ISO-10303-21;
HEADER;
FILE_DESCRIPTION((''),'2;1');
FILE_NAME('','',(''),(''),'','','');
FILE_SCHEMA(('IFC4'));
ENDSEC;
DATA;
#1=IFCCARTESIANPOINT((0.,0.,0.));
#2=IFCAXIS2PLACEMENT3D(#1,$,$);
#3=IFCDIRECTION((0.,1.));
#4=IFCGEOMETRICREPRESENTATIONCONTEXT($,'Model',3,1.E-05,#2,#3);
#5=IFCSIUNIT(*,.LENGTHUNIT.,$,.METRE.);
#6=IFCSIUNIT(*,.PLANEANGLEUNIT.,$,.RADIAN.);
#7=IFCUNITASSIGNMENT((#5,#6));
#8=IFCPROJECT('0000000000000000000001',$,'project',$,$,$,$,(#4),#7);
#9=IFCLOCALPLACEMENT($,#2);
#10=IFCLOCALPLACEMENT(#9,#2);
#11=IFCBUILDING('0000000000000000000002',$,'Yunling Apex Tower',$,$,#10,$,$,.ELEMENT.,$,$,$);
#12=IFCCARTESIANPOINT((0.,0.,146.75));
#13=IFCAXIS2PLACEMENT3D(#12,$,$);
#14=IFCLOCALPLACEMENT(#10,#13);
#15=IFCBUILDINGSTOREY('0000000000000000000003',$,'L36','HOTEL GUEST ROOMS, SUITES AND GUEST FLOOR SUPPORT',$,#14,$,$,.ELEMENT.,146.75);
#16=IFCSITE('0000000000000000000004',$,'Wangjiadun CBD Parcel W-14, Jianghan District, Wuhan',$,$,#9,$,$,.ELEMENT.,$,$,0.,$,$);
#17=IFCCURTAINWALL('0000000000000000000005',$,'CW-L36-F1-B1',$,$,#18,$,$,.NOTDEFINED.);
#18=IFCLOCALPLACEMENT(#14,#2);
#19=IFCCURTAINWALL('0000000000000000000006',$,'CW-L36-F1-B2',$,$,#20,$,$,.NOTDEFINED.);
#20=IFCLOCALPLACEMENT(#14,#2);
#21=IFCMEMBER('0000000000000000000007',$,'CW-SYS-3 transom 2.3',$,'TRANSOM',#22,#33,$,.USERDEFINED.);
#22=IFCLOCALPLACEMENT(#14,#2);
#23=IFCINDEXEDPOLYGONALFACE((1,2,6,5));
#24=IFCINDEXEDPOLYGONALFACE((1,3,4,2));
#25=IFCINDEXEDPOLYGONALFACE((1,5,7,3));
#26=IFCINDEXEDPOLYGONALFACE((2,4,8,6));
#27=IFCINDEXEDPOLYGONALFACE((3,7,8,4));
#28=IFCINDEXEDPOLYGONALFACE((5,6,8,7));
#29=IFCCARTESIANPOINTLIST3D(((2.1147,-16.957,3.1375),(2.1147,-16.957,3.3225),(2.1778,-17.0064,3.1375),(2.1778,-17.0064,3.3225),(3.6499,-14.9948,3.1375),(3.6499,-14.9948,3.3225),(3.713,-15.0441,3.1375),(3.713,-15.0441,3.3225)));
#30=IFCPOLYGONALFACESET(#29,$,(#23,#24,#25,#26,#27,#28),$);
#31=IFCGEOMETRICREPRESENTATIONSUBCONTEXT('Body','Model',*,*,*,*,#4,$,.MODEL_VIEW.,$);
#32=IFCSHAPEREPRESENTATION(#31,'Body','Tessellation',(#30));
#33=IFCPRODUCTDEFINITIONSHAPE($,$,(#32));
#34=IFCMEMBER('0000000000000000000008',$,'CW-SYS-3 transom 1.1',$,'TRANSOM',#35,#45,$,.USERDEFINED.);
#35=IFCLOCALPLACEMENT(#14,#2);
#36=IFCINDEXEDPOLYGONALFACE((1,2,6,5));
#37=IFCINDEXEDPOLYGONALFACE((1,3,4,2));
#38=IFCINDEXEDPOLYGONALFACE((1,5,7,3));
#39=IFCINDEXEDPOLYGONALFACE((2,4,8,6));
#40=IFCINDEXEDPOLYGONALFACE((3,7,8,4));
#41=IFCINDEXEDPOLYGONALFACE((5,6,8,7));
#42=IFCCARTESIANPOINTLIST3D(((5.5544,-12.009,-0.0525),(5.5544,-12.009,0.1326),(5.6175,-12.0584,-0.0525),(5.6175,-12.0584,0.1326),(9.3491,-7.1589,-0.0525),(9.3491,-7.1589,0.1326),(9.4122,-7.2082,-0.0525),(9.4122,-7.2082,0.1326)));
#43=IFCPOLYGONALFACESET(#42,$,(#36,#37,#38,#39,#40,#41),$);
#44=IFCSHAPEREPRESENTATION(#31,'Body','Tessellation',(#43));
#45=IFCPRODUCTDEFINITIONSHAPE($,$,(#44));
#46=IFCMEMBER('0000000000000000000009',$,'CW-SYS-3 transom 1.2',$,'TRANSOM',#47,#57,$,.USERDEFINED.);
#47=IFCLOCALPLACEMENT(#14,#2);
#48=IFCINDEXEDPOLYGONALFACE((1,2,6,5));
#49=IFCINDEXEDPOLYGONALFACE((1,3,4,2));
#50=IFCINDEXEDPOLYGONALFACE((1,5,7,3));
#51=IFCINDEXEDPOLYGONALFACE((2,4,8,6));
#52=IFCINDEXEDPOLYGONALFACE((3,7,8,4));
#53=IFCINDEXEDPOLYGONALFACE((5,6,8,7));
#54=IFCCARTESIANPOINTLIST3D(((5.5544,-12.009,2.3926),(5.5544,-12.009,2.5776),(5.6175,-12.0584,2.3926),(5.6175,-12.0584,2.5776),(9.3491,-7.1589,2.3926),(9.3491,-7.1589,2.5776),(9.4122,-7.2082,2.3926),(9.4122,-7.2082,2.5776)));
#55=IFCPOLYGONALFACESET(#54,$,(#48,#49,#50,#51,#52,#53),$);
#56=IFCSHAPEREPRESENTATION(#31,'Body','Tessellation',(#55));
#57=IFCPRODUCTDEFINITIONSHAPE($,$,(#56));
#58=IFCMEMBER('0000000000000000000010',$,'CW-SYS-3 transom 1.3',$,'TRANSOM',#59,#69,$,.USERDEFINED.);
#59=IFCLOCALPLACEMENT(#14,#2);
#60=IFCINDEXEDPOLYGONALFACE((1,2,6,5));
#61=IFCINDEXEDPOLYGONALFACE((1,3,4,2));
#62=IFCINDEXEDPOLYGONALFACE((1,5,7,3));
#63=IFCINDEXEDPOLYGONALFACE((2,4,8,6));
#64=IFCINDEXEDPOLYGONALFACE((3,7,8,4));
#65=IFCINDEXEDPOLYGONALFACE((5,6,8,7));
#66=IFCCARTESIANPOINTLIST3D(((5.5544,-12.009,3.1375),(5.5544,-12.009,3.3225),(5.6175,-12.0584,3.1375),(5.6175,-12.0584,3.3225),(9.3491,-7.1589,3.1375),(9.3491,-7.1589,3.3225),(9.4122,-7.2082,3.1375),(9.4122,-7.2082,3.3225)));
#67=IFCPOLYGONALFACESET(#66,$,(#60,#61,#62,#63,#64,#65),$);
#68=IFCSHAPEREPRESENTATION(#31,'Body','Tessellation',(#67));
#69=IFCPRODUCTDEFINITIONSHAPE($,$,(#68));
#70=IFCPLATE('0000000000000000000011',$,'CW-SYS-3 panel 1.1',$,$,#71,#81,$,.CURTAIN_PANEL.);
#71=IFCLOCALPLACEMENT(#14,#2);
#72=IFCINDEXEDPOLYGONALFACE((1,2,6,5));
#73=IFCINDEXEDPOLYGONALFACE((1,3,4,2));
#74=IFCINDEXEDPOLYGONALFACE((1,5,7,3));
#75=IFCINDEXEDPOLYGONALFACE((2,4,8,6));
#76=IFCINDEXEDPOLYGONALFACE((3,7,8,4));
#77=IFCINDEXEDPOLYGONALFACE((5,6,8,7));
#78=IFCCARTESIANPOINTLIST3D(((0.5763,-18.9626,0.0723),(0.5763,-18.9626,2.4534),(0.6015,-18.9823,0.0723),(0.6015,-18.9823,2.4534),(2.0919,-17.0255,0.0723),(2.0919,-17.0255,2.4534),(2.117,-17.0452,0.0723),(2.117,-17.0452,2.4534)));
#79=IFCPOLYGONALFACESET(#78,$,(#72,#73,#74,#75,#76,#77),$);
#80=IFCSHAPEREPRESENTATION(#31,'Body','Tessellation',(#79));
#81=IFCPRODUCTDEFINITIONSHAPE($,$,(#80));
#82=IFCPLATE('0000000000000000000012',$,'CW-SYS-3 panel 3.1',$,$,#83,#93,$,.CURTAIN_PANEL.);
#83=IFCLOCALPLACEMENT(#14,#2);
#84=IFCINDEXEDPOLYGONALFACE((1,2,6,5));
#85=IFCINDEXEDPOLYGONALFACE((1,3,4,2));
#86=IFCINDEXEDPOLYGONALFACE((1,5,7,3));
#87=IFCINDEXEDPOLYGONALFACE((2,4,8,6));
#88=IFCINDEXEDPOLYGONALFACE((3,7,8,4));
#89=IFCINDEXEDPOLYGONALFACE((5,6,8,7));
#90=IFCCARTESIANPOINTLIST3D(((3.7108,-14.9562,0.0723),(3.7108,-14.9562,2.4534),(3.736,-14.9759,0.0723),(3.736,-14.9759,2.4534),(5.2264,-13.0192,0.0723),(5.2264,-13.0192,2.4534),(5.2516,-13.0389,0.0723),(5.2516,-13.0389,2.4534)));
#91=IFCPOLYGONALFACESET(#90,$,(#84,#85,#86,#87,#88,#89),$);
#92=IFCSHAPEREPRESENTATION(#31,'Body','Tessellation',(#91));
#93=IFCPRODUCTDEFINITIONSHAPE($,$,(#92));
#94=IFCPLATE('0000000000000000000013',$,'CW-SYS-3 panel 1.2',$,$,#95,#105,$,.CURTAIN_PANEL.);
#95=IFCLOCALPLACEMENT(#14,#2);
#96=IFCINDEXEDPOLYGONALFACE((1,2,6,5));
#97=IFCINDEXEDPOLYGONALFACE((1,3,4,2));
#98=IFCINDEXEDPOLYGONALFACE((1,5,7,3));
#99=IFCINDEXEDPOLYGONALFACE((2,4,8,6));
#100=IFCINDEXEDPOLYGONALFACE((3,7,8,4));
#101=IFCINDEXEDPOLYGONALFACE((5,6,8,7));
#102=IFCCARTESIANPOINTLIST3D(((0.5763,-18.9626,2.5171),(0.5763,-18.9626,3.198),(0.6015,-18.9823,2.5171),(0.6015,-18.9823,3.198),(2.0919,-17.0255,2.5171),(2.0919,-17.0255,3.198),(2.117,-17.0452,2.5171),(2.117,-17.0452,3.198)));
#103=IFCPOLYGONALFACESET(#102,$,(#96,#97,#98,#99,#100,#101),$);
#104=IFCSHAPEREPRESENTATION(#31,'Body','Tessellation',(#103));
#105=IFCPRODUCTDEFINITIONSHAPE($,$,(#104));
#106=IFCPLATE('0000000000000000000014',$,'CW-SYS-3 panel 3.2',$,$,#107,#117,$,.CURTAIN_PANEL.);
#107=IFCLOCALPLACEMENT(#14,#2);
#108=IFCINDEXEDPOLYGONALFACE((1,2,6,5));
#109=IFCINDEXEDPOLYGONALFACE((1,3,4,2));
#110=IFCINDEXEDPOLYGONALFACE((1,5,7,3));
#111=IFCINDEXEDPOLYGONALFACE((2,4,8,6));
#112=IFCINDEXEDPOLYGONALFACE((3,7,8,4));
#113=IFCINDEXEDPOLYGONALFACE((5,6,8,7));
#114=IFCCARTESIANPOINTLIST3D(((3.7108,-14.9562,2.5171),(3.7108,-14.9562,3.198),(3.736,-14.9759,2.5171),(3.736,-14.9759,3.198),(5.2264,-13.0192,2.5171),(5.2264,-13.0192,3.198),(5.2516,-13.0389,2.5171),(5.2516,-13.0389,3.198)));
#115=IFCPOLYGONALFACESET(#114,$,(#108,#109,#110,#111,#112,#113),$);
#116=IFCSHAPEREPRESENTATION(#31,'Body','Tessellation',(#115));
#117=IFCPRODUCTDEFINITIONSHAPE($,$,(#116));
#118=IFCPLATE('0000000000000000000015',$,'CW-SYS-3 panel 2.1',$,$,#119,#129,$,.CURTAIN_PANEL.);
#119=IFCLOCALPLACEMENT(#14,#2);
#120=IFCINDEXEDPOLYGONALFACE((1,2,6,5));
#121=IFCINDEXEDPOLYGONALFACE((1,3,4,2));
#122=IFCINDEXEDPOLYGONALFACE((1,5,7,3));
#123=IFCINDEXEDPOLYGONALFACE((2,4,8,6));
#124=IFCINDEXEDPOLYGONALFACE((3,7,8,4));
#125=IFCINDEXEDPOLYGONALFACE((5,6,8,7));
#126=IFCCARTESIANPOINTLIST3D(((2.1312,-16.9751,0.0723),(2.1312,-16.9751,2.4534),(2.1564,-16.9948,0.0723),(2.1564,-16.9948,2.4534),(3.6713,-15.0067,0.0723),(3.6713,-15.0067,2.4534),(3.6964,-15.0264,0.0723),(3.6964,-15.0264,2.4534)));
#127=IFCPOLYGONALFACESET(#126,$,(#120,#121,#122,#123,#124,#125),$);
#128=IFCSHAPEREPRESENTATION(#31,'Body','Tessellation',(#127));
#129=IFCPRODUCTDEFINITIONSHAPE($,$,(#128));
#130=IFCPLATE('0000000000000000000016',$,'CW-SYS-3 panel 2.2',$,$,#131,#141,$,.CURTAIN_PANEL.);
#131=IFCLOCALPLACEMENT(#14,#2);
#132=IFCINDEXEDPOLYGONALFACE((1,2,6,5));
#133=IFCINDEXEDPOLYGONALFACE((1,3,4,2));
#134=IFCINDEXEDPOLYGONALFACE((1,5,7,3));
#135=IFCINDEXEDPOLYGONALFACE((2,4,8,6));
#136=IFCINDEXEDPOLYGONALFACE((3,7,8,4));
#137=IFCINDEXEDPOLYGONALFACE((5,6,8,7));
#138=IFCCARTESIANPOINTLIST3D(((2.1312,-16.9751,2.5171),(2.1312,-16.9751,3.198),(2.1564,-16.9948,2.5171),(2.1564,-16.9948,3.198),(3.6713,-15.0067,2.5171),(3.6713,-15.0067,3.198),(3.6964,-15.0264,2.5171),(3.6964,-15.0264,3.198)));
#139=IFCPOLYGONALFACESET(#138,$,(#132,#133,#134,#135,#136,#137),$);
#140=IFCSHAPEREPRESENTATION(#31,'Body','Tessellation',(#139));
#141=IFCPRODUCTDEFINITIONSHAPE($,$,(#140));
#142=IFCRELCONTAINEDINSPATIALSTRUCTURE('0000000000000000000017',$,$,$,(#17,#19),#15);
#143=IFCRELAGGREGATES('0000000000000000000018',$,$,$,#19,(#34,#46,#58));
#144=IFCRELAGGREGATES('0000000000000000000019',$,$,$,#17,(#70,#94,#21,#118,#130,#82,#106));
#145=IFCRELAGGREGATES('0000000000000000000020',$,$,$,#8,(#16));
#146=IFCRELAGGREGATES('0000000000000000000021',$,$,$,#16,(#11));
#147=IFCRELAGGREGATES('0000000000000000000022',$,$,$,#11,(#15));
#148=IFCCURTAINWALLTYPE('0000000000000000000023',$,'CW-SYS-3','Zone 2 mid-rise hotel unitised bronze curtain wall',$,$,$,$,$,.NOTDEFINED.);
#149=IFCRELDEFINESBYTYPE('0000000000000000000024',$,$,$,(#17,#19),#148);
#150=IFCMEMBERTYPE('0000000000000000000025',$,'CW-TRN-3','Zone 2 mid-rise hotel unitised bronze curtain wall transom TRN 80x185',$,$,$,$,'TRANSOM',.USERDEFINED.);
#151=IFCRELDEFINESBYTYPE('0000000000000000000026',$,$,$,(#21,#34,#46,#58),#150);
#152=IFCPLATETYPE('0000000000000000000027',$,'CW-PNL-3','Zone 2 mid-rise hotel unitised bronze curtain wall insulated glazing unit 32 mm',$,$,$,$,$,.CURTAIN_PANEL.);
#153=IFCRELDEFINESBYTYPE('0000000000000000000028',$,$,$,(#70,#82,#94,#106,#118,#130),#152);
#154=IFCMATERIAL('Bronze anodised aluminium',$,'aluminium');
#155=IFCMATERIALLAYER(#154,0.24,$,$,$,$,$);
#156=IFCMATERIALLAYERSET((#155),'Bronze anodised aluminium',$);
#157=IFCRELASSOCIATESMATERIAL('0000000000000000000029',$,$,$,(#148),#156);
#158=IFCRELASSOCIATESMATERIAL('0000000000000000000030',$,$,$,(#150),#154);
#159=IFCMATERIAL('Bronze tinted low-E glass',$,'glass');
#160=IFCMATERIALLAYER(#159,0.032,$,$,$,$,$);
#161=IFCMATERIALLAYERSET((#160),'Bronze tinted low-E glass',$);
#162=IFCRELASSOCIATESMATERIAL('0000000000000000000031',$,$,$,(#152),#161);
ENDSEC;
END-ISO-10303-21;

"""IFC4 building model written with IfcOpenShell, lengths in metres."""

from ifc_helpers import new_model, si_unit, direction, frame, origin, origin_2d, place, context, subcontext, project, spatial, rectangle, extrude, source, transform, mapped, material, layer, layer_set, material_profile, profile_set, type_object, element, aggregate, save


model = new_model("IFC4")

# Units and contexts
model_context = context("Model", 3, precision=1e-05, world=origin(), true_north=direction((0.0, 1.0)))
body_context = subcontext(model_context, "Body", "Model", "MODEL_VIEW")
ifc_project = project(units=[si_unit("LENGTHUNIT", "METRE"), si_unit("PLANEANGLEUNIT", "RADIAN")], contexts=[model_context])

# Site, building, storey
site_placement = place(None, origin())
site = spatial("IfcSite", under=ifc_project, at=site_placement, Name="Wangjiadun CBD Parcel W-14, Jianghan District, Wuhan", CompositionType="ELEMENT", RefElevation=0.0)
building_placement = place(site_placement, origin())
building = spatial("IfcBuilding", under=site, at=building_placement, Name="Yunling Apex Tower", CompositionType="ELEMENT")
storey_placement = place(building_placement, frame((0.0, 0.0, 146.75)))
storey = spatial("IfcBuildingStorey", under=building, at=storey_placement, Name="L36", Description="HOTEL GUEST ROOMS, SUITES AND GUEST FLOOR SUPPORT", CompositionType="ELEMENT", Elevation=146.75)

# Curtain wall
ifc_material_1 = material(Name="Bronze anodised aluminium", Category="aluminium")
ifc_layer_1 = layer(ifc_material_1, 0.24)
ifc_layer_set_1 = layer_set([ifc_layer_1], Name="Bronze anodised aluminium")
curtain_wall_type = type_object("IfcCurtainWallType", Name="CW-SYS-3", Description="Zone 2 mid-rise hotel unitised bronze curtain wall", PredefinedType="NOTDEFINED", material=ifc_layer_set_1)
curtain_wall_1_placement = place(storey_placement, origin())
curtain_wall_1 = element("IfcCurtainWall", 1, at=curtain_wall_1_placement, inside=storey, type_object=curtain_wall_type, Name="CW-L36-F1-B1", PredefinedType="NOTDEFINED")

# Curtain wall
curtain_wall_2_placement = place(storey_placement, origin())
curtain_wall_2 = element("IfcCurtainWall", 2, at=curtain_wall_2_placement, inside=storey, type_object=curtain_wall_type, Name="CW-L36-F1-B2", PredefinedType="NOTDEFINED")

# Members
ifc_material_profile_1 = material_profile(ifc_material_1, rectangle(XDim=0.0801, YDim=0.1851, at=origin_2d()))
ifc_profile_set_1 = profile_set([ifc_material_profile_1], Name="Bronze anodised aluminium")
member_type_1 = type_object("IfcMemberType", Name="CW-TRN-3", Description="Zone 2 mid-rise hotel unitised bronze curtain wall transom TRN 80x185", ElementType="TRANSOM", PredefinedType="USERDEFINED", material=ifc_profile_set_1)
shared_shape_1 = source(origin(), body_context, "Body", "SweptSolid", [
    extrude(rectangle(XDim=0.0801, YDim=0.1851, at=origin_2d()), origin(), (0.0, 0.0, 1.0), 2.4915),
])
member_1_placement = place(storey_placement, frame((2.1462, -16.9817, 3.23), z_axis=(0.616197, 0.787592, 0.0), x_axis=(-0.787592, 0.616197, 0.0)))
member_1 = element("IfcMember", 3, at=member_1_placement, type_object=member_type_1, Name="CW-SYS-3 transom 2.3", ObjectType="TRANSOM", PredefinedType="USERDEFINED", context=body_context, shape_type="MappedRepresentation", body=[
    mapped(shared_shape_1, transform((0.0, 0.0, 0.0), scale=1.0)),
])
shared_shape_2 = source(origin(), body_context, "Body", "SweptSolid", [
    extrude(rectangle(XDim=0.0801, YDim=0.1851, at=origin_2d()), origin(), (0.0, 0.0, 1.0), 6.1582),
])
member_2_placement = place(storey_placement, frame((5.5859, -12.0337, 0.04), z_axis=(0.616202, 0.787588, 0.0), x_axis=(-0.787588, 0.616202, 0.0)))
member_2 = element("IfcMember", 4, at=member_2_placement, type_object=member_type_1, Name="CW-SYS-3 transom 1.1", ObjectType="TRANSOM", PredefinedType="USERDEFINED", context=body_context, shape_type="MappedRepresentation", body=[
    mapped(shared_shape_2, transform((0.0, 0.0, 0.0), scale=1.0)),
])
member_3_placement = place(storey_placement, frame((5.5859, -12.0337, 2.4851), z_axis=(0.616202, 0.787588, 0.0), x_axis=(-0.787588, 0.616202, 0.0)))
member_3 = element("IfcMember", 5, at=member_3_placement, type_object=member_type_1, Name="CW-SYS-3 transom 1.2", ObjectType="TRANSOM", PredefinedType="USERDEFINED", context=body_context, shape_type="MappedRepresentation", body=[
    mapped(shared_shape_2, transform((0.0, 0.0, 0.0), scale=1.0)),
])
member_4_placement = place(storey_placement, frame((5.5859, -12.0337, 3.23), z_axis=(0.616202, 0.787588, 0.0), x_axis=(-0.787588, 0.616202, 0.0)))
member_4 = element("IfcMember", 6, at=member_4_placement, type_object=member_type_1, Name="CW-SYS-3 transom 1.3", ObjectType="TRANSOM", PredefinedType="USERDEFINED", context=body_context, shape_type="MappedRepresentation", body=[
    mapped(shared_shape_2, transform((0.0, 0.0, 0.0), scale=1.0)),
])
aggregate(curtain_wall_2, [member_2, member_3, member_4])

# Plates
ifc_material_2 = material(Name="Bronze tinted low-E glass", Category="glass")
ifc_layer_2 = layer(ifc_material_2, 0.032)
ifc_layer_set_2 = layer_set([ifc_layer_2], Name="Bronze tinted low-E glass")
plate_type = type_object("IfcPlateType", Name="CW-PNL-3", Description="Zone 2 mid-rise hotel unitised bronze curtain wall insulated glazing unit 32 mm", PredefinedType="CURTAIN_PANEL", material=ifc_layer_set_2)
shared_shape_3 = source(origin(), body_context, "Body", "SweptSolid", [
    extrude(rectangle(XDim=2.4595, YDim=0.032, at=origin_2d()), origin(), (0.0, 0.0, 1.0), 2.3811),
])
plate_1_placement = place(storey_placement, frame((1.3467, -18.0039, 0.0723), z_axis=(0.0, 0.0, 1.0), x_axis=(0.616208, 0.787584, 0.0)))
plate_1 = element("IfcPlate", 7, at=plate_1_placement, type_object=plate_type, Name="CW-SYS-3 panel 1.1", PredefinedType="CURTAIN_PANEL", context=body_context, shape_type="MappedRepresentation", body=[
    mapped(shared_shape_3, transform((0.0, 0.0, 0.0), scale=1.0)),
])
plate_2_placement = place(storey_placement, frame((4.4812, -13.9976, 0.0723), z_axis=(0.0, 0.0, 1.0), x_axis=(0.616208, 0.787584, 0.0)))
plate_2 = element("IfcPlate", 8, at=plate_2_placement, type_object=plate_type, Name="CW-SYS-3 panel 3.1", PredefinedType="CURTAIN_PANEL", context=body_context, shape_type="MappedRepresentation", body=[
    mapped(shared_shape_3, transform((0.0, 0.0, 0.0), scale=1.0)),
])
shared_shape_4 = source(origin(), body_context, "Body", "SweptSolid", [
    extrude(rectangle(XDim=2.4595, YDim=0.032, at=origin_2d()), origin(), (0.0, 0.0, 1.0), 0.6809),
])
plate_3_placement = place(storey_placement, frame((1.3467, -18.0039, 2.5171), z_axis=(0.0, 0.0, 1.0), x_axis=(0.616208, 0.787584, 0.0)))
plate_3 = element("IfcPlate", 9, at=plate_3_placement, type_object=plate_type, Name="CW-SYS-3 panel 1.2", PredefinedType="CURTAIN_PANEL", context=body_context, shape_type="MappedRepresentation", body=[
    mapped(shared_shape_4, transform((0.0, 0.0, 0.0), scale=1.0)),
])
plate_4_placement = place(storey_placement, frame((4.4812, -13.9976, 2.5171), z_axis=(0.0, 0.0, 1.0), x_axis=(0.616208, 0.787584, 0.0)))
plate_4 = element("IfcPlate", 10, at=plate_4_placement, type_object=plate_type, Name="CW-SYS-3 panel 3.2", PredefinedType="CURTAIN_PANEL", context=body_context, shape_type="MappedRepresentation", body=[
    mapped(shared_shape_4, transform((0.0, 0.0, 0.0), scale=1.0)),
])
shared_shape_5 = source(origin(), body_context, "Body", "SweptSolid", [
    extrude(rectangle(XDim=2.4993, YDim=0.032, at=origin_2d()), origin(), (0.0, 0.0, 1.0), 2.3811),
])
plate_5_placement = place(storey_placement, frame((2.9138, -16.0007, 0.0723), z_axis=(0.0, 0.0, 1.0), x_axis=(0.616208, 0.787584, 0.0)))
plate_5 = element("IfcPlate", 11, at=plate_5_placement, type_object=plate_type, Name="CW-SYS-3 panel 2.1", PredefinedType="CURTAIN_PANEL", context=body_context, shape_type="MappedRepresentation", body=[
    mapped(shared_shape_5, transform((0.0, 0.0, 0.0), scale=1.0)),
])
shared_shape_6 = source(origin(), body_context, "Body", "SweptSolid", [
    extrude(rectangle(XDim=2.4993, YDim=0.032, at=origin_2d()), origin(), (0.0, 0.0, 1.0), 0.6809),
])
plate_6_placement = place(storey_placement, frame((2.9138, -16.0007, 2.5171), z_axis=(0.0, 0.0, 1.0), x_axis=(0.616208, 0.787584, 0.0)))
plate_6 = element("IfcPlate", 12, at=plate_6_placement, type_object=plate_type, Name="CW-SYS-3 panel 2.2", PredefinedType="CURTAIN_PANEL", context=body_context, shape_type="MappedRepresentation", body=[
    mapped(shared_shape_6, transform((0.0, 0.0, 0.0), scale=1.0)),
])
aggregate(curtain_wall_1, [plate_1, plate_3, member_1, plate_5, plate_6, plate_2, plate_4])

save(model, "model.ifc")
